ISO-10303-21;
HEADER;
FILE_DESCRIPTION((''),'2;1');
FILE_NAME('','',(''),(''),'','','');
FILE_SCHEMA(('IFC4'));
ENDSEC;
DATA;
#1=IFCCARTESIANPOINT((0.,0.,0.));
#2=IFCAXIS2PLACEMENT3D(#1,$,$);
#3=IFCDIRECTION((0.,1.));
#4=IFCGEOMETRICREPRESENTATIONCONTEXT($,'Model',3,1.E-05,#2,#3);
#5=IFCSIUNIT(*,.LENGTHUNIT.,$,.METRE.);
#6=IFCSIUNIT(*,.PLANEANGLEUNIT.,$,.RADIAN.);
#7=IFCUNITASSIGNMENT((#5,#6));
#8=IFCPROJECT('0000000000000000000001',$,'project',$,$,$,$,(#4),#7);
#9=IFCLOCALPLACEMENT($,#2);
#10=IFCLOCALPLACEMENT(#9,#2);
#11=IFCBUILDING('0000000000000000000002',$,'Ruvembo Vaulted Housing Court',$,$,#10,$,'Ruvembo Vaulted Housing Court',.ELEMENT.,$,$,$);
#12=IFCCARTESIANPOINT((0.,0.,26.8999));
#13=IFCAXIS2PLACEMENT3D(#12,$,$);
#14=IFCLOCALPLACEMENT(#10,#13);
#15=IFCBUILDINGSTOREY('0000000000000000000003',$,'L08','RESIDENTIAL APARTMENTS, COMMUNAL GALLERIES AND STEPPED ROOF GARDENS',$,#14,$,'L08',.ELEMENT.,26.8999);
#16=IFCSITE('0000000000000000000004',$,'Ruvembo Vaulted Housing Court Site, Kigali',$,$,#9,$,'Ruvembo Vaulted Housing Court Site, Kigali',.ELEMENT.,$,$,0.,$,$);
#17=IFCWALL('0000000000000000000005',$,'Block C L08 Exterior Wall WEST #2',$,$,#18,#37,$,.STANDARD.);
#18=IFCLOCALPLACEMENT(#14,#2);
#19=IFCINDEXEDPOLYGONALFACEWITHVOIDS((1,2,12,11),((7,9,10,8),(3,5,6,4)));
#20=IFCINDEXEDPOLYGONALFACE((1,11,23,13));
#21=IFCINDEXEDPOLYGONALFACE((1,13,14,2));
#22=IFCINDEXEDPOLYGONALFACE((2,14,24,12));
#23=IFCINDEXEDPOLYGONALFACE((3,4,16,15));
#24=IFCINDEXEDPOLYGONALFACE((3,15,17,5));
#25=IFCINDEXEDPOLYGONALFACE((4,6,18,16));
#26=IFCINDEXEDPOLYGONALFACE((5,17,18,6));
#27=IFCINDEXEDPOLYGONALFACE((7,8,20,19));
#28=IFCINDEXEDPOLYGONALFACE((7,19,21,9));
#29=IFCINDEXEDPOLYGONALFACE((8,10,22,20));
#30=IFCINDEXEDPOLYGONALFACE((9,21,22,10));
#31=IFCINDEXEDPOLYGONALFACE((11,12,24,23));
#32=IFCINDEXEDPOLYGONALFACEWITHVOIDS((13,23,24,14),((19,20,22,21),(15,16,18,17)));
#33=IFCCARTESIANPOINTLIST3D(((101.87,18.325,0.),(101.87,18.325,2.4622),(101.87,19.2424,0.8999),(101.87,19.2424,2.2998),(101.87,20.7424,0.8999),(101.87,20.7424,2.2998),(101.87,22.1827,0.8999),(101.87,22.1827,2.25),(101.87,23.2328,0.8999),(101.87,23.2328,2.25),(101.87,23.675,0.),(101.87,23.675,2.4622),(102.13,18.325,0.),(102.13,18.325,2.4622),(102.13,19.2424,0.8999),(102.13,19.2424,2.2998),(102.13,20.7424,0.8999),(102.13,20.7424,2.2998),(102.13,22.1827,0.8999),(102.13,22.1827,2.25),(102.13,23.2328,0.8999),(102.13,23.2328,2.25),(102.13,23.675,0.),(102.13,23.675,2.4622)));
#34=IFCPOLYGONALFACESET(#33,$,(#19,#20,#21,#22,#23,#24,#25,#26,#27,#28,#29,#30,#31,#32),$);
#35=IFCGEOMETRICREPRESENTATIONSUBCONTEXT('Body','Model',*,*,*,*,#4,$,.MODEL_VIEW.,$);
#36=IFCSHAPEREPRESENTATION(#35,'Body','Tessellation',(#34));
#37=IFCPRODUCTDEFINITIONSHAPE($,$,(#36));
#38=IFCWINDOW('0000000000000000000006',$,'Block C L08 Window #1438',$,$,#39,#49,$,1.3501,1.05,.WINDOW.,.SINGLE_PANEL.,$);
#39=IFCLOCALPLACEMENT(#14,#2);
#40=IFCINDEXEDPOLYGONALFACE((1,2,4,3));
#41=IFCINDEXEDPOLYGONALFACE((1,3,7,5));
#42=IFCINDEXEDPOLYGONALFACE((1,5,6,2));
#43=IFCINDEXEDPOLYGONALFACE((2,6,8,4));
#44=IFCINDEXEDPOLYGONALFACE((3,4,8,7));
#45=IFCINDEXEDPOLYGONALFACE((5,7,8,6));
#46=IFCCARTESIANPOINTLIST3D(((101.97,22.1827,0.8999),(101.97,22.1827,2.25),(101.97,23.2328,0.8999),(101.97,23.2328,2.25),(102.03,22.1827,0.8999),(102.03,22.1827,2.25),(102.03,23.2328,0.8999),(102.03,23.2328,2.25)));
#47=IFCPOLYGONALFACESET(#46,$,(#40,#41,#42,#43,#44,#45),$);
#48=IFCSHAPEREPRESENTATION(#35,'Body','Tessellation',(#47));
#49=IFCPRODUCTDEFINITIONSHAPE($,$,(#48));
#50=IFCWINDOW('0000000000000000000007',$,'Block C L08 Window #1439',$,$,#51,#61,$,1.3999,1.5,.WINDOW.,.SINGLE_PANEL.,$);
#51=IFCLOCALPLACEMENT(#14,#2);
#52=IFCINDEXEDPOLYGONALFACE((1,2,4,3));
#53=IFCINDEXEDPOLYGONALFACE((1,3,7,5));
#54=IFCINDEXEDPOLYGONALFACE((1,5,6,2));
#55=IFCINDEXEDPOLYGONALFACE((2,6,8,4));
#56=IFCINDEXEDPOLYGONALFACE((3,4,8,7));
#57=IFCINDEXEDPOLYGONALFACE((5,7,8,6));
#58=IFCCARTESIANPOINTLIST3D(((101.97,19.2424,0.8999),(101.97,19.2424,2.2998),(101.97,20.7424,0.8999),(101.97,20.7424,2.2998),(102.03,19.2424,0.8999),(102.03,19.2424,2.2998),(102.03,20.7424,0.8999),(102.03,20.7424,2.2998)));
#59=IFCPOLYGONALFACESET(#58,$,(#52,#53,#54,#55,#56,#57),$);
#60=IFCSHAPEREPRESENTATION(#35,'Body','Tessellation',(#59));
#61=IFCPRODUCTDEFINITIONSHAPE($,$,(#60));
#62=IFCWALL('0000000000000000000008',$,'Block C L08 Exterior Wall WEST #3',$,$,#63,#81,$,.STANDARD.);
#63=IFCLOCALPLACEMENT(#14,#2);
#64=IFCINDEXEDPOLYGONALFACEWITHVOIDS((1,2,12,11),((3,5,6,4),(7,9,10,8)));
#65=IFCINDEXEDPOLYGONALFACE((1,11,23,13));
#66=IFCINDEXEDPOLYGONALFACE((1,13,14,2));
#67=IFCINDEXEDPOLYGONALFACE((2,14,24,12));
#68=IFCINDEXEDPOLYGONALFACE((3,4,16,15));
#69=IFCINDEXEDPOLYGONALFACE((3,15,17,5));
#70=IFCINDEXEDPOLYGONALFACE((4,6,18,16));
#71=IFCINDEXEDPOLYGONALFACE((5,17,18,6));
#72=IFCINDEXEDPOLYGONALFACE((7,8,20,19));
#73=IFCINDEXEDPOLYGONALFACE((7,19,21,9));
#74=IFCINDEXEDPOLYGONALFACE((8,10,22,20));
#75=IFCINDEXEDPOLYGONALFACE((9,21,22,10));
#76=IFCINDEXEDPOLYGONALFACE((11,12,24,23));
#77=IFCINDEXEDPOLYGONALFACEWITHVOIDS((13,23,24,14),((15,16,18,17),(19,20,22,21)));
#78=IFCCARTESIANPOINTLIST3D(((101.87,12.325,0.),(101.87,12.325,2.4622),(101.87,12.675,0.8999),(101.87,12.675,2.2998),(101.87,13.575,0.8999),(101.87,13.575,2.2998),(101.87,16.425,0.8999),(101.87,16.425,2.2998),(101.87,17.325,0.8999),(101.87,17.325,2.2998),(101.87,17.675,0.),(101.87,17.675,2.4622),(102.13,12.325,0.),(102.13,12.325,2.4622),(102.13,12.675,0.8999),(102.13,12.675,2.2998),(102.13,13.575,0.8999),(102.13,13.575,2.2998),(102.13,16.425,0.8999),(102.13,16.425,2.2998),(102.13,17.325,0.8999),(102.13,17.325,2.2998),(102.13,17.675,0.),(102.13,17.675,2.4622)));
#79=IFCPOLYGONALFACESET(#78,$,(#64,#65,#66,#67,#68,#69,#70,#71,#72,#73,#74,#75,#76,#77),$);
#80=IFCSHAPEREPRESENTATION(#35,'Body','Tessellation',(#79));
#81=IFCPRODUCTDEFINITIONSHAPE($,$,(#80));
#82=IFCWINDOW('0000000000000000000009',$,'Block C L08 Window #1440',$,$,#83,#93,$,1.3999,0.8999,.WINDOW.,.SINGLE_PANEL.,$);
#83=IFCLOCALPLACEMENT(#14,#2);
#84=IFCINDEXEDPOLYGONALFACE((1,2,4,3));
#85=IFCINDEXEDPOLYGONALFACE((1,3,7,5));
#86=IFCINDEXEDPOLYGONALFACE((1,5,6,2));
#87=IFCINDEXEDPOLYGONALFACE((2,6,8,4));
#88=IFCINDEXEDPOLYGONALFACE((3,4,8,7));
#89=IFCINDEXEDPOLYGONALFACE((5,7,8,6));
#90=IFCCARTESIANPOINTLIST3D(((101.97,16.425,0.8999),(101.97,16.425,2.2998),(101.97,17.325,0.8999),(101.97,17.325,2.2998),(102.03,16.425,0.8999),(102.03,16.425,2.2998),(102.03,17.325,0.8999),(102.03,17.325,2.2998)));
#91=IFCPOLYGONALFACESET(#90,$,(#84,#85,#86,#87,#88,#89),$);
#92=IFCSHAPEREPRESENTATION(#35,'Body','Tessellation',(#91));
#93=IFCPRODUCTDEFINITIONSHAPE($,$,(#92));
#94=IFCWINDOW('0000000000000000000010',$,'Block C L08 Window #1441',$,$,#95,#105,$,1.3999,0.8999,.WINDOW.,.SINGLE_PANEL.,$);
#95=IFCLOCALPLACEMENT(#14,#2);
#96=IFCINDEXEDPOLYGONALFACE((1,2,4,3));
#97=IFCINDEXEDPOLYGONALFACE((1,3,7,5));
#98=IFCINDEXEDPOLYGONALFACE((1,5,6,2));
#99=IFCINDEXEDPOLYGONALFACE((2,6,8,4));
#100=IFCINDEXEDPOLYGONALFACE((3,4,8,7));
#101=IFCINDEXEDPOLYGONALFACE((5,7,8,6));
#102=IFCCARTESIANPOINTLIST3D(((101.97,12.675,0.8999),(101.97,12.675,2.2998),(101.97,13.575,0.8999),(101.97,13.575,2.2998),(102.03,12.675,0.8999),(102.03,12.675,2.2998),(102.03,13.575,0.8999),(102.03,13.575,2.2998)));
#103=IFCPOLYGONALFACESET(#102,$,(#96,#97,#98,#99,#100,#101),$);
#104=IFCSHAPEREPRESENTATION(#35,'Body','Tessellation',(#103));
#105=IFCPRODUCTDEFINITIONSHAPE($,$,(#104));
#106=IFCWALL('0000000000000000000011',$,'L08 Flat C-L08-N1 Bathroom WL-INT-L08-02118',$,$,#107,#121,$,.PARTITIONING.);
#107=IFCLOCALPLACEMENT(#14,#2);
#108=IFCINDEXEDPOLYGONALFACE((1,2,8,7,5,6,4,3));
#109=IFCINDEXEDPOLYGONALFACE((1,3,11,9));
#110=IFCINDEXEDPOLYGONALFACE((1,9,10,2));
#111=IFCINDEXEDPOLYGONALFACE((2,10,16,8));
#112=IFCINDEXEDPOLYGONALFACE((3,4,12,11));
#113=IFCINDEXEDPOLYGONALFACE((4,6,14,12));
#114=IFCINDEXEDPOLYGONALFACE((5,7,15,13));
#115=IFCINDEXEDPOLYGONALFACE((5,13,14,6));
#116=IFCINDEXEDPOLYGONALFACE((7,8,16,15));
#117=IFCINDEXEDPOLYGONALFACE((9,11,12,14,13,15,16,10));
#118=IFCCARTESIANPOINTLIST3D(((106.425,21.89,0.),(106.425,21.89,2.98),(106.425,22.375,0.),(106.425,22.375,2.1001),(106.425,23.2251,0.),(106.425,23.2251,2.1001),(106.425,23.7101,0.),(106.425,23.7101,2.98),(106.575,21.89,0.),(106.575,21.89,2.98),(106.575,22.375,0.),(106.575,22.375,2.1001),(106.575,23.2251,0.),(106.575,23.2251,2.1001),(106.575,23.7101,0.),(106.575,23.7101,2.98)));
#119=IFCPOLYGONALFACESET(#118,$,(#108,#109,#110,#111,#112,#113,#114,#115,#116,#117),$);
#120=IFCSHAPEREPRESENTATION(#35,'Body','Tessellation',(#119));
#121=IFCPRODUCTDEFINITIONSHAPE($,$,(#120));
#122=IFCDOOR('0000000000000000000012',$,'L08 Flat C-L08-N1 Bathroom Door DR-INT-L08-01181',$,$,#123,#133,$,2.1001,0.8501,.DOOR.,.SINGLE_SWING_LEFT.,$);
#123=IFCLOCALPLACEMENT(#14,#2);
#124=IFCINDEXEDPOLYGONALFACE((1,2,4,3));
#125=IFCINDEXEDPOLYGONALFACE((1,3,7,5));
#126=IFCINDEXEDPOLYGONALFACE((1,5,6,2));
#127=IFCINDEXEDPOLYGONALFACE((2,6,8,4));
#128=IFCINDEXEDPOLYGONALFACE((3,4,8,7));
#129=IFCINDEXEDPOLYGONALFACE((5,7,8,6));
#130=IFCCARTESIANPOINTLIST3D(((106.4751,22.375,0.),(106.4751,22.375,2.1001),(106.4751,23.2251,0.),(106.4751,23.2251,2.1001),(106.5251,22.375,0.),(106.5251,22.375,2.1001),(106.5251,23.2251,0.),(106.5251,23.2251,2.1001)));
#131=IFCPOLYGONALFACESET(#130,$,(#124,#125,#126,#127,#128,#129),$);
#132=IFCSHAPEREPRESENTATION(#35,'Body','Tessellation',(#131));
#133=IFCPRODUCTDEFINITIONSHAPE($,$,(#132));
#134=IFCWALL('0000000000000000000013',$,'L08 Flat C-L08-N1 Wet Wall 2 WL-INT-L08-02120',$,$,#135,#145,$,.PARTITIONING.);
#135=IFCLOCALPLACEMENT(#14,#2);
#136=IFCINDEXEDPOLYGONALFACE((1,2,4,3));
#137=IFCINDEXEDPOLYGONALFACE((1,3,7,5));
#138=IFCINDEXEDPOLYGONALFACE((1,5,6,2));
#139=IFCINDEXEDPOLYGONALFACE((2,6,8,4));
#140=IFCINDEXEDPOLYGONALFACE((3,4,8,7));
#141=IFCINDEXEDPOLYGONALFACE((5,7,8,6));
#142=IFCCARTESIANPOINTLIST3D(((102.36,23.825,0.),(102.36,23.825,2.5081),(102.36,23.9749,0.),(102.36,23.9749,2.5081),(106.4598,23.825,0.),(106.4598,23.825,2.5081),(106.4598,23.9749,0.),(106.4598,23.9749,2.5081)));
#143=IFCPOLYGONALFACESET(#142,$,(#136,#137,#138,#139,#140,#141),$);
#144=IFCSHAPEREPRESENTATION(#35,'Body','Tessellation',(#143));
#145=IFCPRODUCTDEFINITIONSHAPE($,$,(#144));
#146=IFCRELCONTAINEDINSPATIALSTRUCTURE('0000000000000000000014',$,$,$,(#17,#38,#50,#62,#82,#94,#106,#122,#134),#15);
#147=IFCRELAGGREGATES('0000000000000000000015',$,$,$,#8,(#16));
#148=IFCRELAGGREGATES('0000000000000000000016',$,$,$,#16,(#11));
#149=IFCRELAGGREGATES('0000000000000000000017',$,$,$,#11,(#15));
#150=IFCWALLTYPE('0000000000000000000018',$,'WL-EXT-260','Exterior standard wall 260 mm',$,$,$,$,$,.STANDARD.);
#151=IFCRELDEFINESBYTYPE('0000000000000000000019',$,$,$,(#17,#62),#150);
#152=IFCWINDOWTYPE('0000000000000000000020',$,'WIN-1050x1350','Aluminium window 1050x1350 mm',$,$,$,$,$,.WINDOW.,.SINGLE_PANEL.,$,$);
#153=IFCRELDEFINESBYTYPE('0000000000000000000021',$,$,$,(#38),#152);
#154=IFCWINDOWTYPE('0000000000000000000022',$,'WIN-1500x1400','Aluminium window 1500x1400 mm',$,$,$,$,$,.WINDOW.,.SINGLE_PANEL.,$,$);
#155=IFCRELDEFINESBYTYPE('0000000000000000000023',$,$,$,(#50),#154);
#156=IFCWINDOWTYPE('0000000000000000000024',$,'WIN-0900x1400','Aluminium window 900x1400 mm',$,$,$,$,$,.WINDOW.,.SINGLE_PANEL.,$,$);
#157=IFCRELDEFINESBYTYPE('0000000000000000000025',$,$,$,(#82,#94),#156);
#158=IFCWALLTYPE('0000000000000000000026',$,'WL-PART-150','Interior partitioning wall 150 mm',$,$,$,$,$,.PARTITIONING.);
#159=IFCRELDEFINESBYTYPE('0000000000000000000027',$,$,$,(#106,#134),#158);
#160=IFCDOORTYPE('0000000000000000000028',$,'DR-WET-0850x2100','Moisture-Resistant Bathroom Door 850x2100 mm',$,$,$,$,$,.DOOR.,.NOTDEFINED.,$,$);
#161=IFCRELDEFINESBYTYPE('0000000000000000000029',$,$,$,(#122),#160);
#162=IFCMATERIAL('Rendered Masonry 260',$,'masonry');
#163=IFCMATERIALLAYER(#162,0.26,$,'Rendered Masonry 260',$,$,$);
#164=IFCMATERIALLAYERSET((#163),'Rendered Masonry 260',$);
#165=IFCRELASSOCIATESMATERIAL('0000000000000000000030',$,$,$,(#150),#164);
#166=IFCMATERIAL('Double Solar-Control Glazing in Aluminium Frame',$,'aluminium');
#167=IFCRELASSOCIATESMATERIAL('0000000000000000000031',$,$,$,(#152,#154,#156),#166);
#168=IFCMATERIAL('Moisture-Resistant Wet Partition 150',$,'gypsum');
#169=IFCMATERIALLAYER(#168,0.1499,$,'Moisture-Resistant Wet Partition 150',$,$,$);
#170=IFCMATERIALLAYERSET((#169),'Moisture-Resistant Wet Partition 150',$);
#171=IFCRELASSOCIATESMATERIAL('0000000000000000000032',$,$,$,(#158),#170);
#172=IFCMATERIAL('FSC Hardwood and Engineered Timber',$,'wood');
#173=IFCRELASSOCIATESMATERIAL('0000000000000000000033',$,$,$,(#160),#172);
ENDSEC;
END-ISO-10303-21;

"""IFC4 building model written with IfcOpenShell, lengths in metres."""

from ifc_helpers import new_model, si_unit, direction, frame, frame_2d, origin, place, context, subcontext, project, spatial, rectangle, extrude, material, layer, layer_set, type_object, element, fill, save


model = new_model("IFC4")

# Units and contexts
model_context = context("Model", 3, precision=1e-05, world=origin(), true_north=direction((0.0, 1.0)))
body_context = subcontext(model_context, "Body", "Model", "MODEL_VIEW")
ifc_project = project(units=[si_unit("LENGTHUNIT", "METRE"), si_unit("PLANEANGLEUNIT", "RADIAN")], contexts=[model_context])

# Site, building, storey
site_placement = place(None, origin())
site = spatial("IfcSite", under=ifc_project, at=site_placement, Name="Ruvembo Vaulted Housing Court Site, Kigali", LongName="Ruvembo Vaulted Housing Court Site, Kigali", CompositionType="ELEMENT", RefElevation=0.0)
building_placement = place(site_placement, origin())
building = spatial("IfcBuilding", under=site, at=building_placement, Name="Ruvembo Vaulted Housing Court", LongName="Ruvembo Vaulted Housing Court", CompositionType="ELEMENT")
storey_placement = place(building_placement, frame((0.0, 0.0, 26.8999)))
storey = spatial("IfcBuildingStorey", under=building, at=storey_placement, Name="L08", Description="RESIDENTIAL APARTMENTS, COMMUNAL GALLERIES AND STEPPED ROOF GARDENS", LongName="L08", CompositionType="ELEMENT", Elevation=26.8999)

# Shared definitions
ifc_material_1 = material(Name="FSC Hardwood and Engineered Timber", Category="wood")

# Walls, openings, windows
ifc_material_2 = material(Name="Rendered Masonry 260", Category="masonry")
ifc_layer_1 = layer(ifc_material_2, 0.26, Name="Rendered Masonry 260")
ifc_layer_set_1 = layer_set([ifc_layer_1], Name="Rendered Masonry 260")
wall_type_1 = type_object("IfcWallType", Name="WL-EXT-260", Description="Exterior standard wall 260 mm", PredefinedType="STANDARD", material=ifc_layer_set_1)
wall_1_placement = place(storey_placement, frame((102.0, 23.675, 0.0), z_axis=(0.0, 0.0, 1.0), x_axis=(0.0, -1.0, 0.0)))
wall_1 = element("IfcWall", 1, at=wall_1_placement, inside=storey, type_object=wall_type_1, Name="Block C L08 Exterior Wall WEST #2", PredefinedType="STANDARD", context=body_context, shape_type="SweptSolid", body=[
    extrude(rectangle(XDim=5.3501, YDim=0.26, at=frame_2d((2.675, 0.0))), origin(), (0.0, 0.0, 1.0), 2.4622),
])
opening_1_placement = place(wall_1_placement, frame((0.4424, 0.0, 0.8999)))
opening_1 = element("IfcOpeningElement", 2, at=opening_1_placement, cuts=wall_1, PredefinedType="OPENING", context=body_context, shape_type="SweptSolid", body=[
    extrude(rectangle(XDim=1.05, YDim=1.3501, at=frame_2d((0.5249, 0.675))), frame((0.0, 0.1399, 0.0), z_axis=(0.0, -1.0, 0.0), x_axis=(1.0, 0.0, 0.0)), (0.0, 0.0, 1.0), 0.28),
])
opening_2_placement = place(wall_1_placement, frame((2.9326, 0.0, 0.8999)))
opening_2 = element("IfcOpeningElement", 3, at=opening_2_placement, cuts=wall_1, PredefinedType="OPENING", context=body_context, shape_type="SweptSolid", body=[
    extrude(rectangle(XDim=1.5, YDim=1.3999, at=frame_2d((0.75, 0.7))), frame((0.0, 0.1399, 0.0), z_axis=(0.0, -1.0, 0.0), x_axis=(1.0, 0.0, 0.0)), (0.0, 0.0, 1.0), 0.28),
])
ifc_material_3 = material(Name="Double Solar-Control Glazing in Aluminium Frame", Category="aluminium")
window_type_1 = type_object("IfcWindowType", Name="WIN-1050x1350", Description="Aluminium window 1050x1350 mm", PartitioningType="SINGLE_PANEL", PredefinedType="WINDOW", material=ifc_material_3)
window_1_placement = place(opening_1_placement, origin())
window_1 = element("IfcWindow", 4, at=window_1_placement, inside=storey, type_object=window_type_1, Name="Block C L08 Window #1438", OverallHeight=1.3501, OverallWidth=1.05, PartitioningType="SINGLE_PANEL", PredefinedType="WINDOW", context=body_context, shape_type="SweptSolid", body=[
    extrude(rectangle(XDim=1.05, YDim=1.3501, at=frame_2d((0.5249, 0.675))), frame((0.0, 0.03, 0.0), z_axis=(0.0, -1.0, 0.0), x_axis=(1.0, 0.0, 0.0)), (0.0, 0.0, 1.0), 0.0601),
])
fill(opening_1, window_1)
window_type_2 = type_object("IfcWindowType", Name="WIN-1500x1400", Description="Aluminium window 1500x1400 mm", PartitioningType="SINGLE_PANEL", PredefinedType="WINDOW", material=ifc_material_3)
window_2_placement = place(opening_2_placement, origin())
window_2 = element("IfcWindow", 5, at=window_2_placement, inside=storey, type_object=window_type_2, Name="Block C L08 Window #1439", OverallHeight=1.3999, OverallWidth=1.5, PartitioningType="SINGLE_PANEL", PredefinedType="WINDOW", context=body_context, shape_type="SweptSolid", body=[
    extrude(rectangle(XDim=1.5, YDim=1.3999, at=frame_2d((0.75, 0.7))), frame((0.0, 0.03, 0.0), z_axis=(0.0, -1.0, 0.0), x_axis=(1.0, 0.0, 0.0)), (0.0, 0.0, 1.0), 0.0601),
])
fill(opening_2, window_2)
wall_2_placement = place(storey_placement, frame((102.0, 17.675, 0.0), z_axis=(0.0, 0.0, 1.0), x_axis=(0.0, -1.0, 0.0)))
wall_2 = element("IfcWall", 6, at=wall_2_placement, inside=storey, type_object=wall_type_1, Name="Block C L08 Exterior Wall WEST #3", PredefinedType="STANDARD", context=body_context, shape_type="SweptSolid", body=[
    extrude(rectangle(XDim=5.3501, YDim=0.26, at=frame_2d((2.675, 0.0))), origin(), (0.0, 0.0, 1.0), 2.4622),
])
opening_3_placement = place(wall_2_placement, frame((0.3501, 0.0, 0.8999)))
opening_3 = element("IfcOpeningElement", 7, at=opening_3_placement, cuts=wall_2, PredefinedType="OPENING", context=body_context, shape_type="SweptSolid", body=[
    extrude(rectangle(XDim=0.8999, YDim=1.3999, at=frame_2d((0.45, 0.7))), frame((0.0, 0.1399, 0.0), z_axis=(0.0, -1.0, 0.0), x_axis=(1.0, 0.0, 0.0)), (0.0, 0.0, 1.0), 0.28),
])
opening_4_placement = place(wall_2_placement, frame((4.1001, 0.0, 0.8999)))
opening_4 = element("IfcOpeningElement", 8, at=opening_4_placement, cuts=wall_2, PredefinedType="OPENING", context=body_context, shape_type="SweptSolid", body=[
    extrude(rectangle(XDim=0.8999, YDim=1.3999, at=frame_2d((0.45, 0.7))), frame((0.0, 0.1399, 0.0), z_axis=(0.0, -1.0, 0.0), x_axis=(1.0, 0.0, 0.0)), (0.0, 0.0, 1.0), 0.28),
])
window_type_3 = type_object("IfcWindowType", Name="WIN-0900x1400", Description="Aluminium window 900x1400 mm", PartitioningType="SINGLE_PANEL", PredefinedType="WINDOW", material=ifc_material_3)
window_3_placement = place(opening_3_placement, origin())
window_3 = element("IfcWindow", 9, at=window_3_placement, inside=storey, type_object=window_type_3, Name="Block C L08 Window #1440", OverallHeight=1.3999, OverallWidth=0.8999, PartitioningType="SINGLE_PANEL", PredefinedType="WINDOW", context=body_context, shape_type="SweptSolid", body=[
    extrude(rectangle(XDim=0.8999, YDim=1.3999, at=frame_2d((0.45, 0.7))), frame((0.0, 0.03, 0.0), z_axis=(0.0, -1.0, 0.0), x_axis=(1.0, 0.0, 0.0)), (0.0, 0.0, 1.0), 0.0601),
])
fill(opening_3, window_3)
window_4_placement = place(opening_4_placement, origin())
window_4 = element("IfcWindow", 10, at=window_4_placement, inside=storey, type_object=window_type_3, Name="Block C L08 Window #1441", OverallHeight=1.3999, OverallWidth=0.8999, PartitioningType="SINGLE_PANEL", PredefinedType="WINDOW", context=body_context, shape_type="SweptSolid", body=[
    extrude(rectangle(XDim=0.8999, YDim=1.3999, at=frame_2d((0.45, 0.7))), frame((0.0, 0.03, 0.0), z_axis=(0.0, -1.0, 0.0), x_axis=(1.0, 0.0, 0.0)), (0.0, 0.0, 1.0), 0.0601),
])
fill(opening_4, window_4)

# Wall, opening, door
ifc_material_4 = material(Name="Moisture-Resistant Wet Partition 150", Category="gypsum")
ifc_layer_2 = layer(ifc_material_4, 0.1499, Name="Moisture-Resistant Wet Partition 150")
ifc_layer_set_2 = layer_set([ifc_layer_2], Name="Moisture-Resistant Wet Partition 150")
wall_type_2 = type_object("IfcWallType", Name="WL-PART-150", Description="Interior partitioning wall 150 mm", PredefinedType="PARTITIONING", material=ifc_layer_set_2)
wall_3_placement = place(storey_placement, frame((106.5, 21.8899, 0.0), z_axis=(0.0, 0.0, 1.0), x_axis=(0.0, 1.0, 0.0)))
wall_3 = element("IfcWall", 11, at=wall_3_placement, inside=storey, type_object=wall_type_2, Name="L08 Flat C-L08-N1 Bathroom WL-INT-L08-02118", PredefinedType="PARTITIONING", context=body_context, shape_type="SweptSolid", body=[
    extrude(rectangle(XDim=1.8201, YDim=0.1499, at=frame_2d((0.9102, 0.0))), origin(), (0.0, 0.0, 1.0), 2.98),
])
opening_5_placement = place(wall_3_placement, frame((0.4851, 0.0, 0.0)))
opening_5 = element("IfcOpeningElement", 12, at=opening_5_placement, cuts=wall_3, PredefinedType="OPENING", context=body_context, shape_type="SweptSolid", body=[
    extrude(rectangle(XDim=0.8501, YDim=2.1001, at=frame_2d((0.425, 1.05))), frame((0.0, 0.085, 0.0), z_axis=(0.0, -1.0, 0.0), x_axis=(1.0, 0.0, 0.0)), (0.0, 0.0, 1.0), 0.1699),
])
door_type_1 = type_object("IfcDoorType", Name="DR-WET-0850x2100", Description="Moisture-Resistant Bathroom Door 850x2100 mm", OperationType="NOTDEFINED", PredefinedType="DOOR", material=ifc_material_1)
door_1_placement = place(opening_5_placement, origin())
door_1 = element("IfcDoor", 13, at=door_1_placement, inside=storey, type_object=door_type_1, Name="L08 Flat C-L08-N1 Bathroom Door DR-INT-L08-01181", OperationType="SINGLE_SWING_LEFT", OverallHeight=2.1001, OverallWidth=0.8501, PredefinedType="DOOR", context=body_context, shape_type="SweptSolid", body=[
    extrude(rectangle(XDim=0.8501, YDim=2.1001, at=frame_2d((0.425, 1.05))), frame((0.0, 0.0249, 0.0), z_axis=(0.0, -1.0, 0.0), x_axis=(1.0, 0.0, 0.0)), (0.0, 0.0, 1.0), 0.05),
])
fill(opening_5, door_1)

# Wall
wall_4_placement = place(storey_placement, frame((102.3601, 23.8999, 0.0), z_axis=(0.0, 0.0, 1.0), x_axis=(1.0, 0.0, 0.0)))
element("IfcWall", 14, at=wall_4_placement, inside=storey, type_object=wall_type_2, Name="L08 Flat C-L08-N1 Wet Wall 2 WL-INT-L08-02120", PredefinedType="PARTITIONING", context=body_context, shape_type="SweptSolid", body=[
    extrude(rectangle(XDim=4.0999, YDim=0.1499, at=frame_2d((2.0498, 0.0))), origin(), (0.0, 0.0, 1.0), 2.5081),
])

save(model, "model.ifc")
